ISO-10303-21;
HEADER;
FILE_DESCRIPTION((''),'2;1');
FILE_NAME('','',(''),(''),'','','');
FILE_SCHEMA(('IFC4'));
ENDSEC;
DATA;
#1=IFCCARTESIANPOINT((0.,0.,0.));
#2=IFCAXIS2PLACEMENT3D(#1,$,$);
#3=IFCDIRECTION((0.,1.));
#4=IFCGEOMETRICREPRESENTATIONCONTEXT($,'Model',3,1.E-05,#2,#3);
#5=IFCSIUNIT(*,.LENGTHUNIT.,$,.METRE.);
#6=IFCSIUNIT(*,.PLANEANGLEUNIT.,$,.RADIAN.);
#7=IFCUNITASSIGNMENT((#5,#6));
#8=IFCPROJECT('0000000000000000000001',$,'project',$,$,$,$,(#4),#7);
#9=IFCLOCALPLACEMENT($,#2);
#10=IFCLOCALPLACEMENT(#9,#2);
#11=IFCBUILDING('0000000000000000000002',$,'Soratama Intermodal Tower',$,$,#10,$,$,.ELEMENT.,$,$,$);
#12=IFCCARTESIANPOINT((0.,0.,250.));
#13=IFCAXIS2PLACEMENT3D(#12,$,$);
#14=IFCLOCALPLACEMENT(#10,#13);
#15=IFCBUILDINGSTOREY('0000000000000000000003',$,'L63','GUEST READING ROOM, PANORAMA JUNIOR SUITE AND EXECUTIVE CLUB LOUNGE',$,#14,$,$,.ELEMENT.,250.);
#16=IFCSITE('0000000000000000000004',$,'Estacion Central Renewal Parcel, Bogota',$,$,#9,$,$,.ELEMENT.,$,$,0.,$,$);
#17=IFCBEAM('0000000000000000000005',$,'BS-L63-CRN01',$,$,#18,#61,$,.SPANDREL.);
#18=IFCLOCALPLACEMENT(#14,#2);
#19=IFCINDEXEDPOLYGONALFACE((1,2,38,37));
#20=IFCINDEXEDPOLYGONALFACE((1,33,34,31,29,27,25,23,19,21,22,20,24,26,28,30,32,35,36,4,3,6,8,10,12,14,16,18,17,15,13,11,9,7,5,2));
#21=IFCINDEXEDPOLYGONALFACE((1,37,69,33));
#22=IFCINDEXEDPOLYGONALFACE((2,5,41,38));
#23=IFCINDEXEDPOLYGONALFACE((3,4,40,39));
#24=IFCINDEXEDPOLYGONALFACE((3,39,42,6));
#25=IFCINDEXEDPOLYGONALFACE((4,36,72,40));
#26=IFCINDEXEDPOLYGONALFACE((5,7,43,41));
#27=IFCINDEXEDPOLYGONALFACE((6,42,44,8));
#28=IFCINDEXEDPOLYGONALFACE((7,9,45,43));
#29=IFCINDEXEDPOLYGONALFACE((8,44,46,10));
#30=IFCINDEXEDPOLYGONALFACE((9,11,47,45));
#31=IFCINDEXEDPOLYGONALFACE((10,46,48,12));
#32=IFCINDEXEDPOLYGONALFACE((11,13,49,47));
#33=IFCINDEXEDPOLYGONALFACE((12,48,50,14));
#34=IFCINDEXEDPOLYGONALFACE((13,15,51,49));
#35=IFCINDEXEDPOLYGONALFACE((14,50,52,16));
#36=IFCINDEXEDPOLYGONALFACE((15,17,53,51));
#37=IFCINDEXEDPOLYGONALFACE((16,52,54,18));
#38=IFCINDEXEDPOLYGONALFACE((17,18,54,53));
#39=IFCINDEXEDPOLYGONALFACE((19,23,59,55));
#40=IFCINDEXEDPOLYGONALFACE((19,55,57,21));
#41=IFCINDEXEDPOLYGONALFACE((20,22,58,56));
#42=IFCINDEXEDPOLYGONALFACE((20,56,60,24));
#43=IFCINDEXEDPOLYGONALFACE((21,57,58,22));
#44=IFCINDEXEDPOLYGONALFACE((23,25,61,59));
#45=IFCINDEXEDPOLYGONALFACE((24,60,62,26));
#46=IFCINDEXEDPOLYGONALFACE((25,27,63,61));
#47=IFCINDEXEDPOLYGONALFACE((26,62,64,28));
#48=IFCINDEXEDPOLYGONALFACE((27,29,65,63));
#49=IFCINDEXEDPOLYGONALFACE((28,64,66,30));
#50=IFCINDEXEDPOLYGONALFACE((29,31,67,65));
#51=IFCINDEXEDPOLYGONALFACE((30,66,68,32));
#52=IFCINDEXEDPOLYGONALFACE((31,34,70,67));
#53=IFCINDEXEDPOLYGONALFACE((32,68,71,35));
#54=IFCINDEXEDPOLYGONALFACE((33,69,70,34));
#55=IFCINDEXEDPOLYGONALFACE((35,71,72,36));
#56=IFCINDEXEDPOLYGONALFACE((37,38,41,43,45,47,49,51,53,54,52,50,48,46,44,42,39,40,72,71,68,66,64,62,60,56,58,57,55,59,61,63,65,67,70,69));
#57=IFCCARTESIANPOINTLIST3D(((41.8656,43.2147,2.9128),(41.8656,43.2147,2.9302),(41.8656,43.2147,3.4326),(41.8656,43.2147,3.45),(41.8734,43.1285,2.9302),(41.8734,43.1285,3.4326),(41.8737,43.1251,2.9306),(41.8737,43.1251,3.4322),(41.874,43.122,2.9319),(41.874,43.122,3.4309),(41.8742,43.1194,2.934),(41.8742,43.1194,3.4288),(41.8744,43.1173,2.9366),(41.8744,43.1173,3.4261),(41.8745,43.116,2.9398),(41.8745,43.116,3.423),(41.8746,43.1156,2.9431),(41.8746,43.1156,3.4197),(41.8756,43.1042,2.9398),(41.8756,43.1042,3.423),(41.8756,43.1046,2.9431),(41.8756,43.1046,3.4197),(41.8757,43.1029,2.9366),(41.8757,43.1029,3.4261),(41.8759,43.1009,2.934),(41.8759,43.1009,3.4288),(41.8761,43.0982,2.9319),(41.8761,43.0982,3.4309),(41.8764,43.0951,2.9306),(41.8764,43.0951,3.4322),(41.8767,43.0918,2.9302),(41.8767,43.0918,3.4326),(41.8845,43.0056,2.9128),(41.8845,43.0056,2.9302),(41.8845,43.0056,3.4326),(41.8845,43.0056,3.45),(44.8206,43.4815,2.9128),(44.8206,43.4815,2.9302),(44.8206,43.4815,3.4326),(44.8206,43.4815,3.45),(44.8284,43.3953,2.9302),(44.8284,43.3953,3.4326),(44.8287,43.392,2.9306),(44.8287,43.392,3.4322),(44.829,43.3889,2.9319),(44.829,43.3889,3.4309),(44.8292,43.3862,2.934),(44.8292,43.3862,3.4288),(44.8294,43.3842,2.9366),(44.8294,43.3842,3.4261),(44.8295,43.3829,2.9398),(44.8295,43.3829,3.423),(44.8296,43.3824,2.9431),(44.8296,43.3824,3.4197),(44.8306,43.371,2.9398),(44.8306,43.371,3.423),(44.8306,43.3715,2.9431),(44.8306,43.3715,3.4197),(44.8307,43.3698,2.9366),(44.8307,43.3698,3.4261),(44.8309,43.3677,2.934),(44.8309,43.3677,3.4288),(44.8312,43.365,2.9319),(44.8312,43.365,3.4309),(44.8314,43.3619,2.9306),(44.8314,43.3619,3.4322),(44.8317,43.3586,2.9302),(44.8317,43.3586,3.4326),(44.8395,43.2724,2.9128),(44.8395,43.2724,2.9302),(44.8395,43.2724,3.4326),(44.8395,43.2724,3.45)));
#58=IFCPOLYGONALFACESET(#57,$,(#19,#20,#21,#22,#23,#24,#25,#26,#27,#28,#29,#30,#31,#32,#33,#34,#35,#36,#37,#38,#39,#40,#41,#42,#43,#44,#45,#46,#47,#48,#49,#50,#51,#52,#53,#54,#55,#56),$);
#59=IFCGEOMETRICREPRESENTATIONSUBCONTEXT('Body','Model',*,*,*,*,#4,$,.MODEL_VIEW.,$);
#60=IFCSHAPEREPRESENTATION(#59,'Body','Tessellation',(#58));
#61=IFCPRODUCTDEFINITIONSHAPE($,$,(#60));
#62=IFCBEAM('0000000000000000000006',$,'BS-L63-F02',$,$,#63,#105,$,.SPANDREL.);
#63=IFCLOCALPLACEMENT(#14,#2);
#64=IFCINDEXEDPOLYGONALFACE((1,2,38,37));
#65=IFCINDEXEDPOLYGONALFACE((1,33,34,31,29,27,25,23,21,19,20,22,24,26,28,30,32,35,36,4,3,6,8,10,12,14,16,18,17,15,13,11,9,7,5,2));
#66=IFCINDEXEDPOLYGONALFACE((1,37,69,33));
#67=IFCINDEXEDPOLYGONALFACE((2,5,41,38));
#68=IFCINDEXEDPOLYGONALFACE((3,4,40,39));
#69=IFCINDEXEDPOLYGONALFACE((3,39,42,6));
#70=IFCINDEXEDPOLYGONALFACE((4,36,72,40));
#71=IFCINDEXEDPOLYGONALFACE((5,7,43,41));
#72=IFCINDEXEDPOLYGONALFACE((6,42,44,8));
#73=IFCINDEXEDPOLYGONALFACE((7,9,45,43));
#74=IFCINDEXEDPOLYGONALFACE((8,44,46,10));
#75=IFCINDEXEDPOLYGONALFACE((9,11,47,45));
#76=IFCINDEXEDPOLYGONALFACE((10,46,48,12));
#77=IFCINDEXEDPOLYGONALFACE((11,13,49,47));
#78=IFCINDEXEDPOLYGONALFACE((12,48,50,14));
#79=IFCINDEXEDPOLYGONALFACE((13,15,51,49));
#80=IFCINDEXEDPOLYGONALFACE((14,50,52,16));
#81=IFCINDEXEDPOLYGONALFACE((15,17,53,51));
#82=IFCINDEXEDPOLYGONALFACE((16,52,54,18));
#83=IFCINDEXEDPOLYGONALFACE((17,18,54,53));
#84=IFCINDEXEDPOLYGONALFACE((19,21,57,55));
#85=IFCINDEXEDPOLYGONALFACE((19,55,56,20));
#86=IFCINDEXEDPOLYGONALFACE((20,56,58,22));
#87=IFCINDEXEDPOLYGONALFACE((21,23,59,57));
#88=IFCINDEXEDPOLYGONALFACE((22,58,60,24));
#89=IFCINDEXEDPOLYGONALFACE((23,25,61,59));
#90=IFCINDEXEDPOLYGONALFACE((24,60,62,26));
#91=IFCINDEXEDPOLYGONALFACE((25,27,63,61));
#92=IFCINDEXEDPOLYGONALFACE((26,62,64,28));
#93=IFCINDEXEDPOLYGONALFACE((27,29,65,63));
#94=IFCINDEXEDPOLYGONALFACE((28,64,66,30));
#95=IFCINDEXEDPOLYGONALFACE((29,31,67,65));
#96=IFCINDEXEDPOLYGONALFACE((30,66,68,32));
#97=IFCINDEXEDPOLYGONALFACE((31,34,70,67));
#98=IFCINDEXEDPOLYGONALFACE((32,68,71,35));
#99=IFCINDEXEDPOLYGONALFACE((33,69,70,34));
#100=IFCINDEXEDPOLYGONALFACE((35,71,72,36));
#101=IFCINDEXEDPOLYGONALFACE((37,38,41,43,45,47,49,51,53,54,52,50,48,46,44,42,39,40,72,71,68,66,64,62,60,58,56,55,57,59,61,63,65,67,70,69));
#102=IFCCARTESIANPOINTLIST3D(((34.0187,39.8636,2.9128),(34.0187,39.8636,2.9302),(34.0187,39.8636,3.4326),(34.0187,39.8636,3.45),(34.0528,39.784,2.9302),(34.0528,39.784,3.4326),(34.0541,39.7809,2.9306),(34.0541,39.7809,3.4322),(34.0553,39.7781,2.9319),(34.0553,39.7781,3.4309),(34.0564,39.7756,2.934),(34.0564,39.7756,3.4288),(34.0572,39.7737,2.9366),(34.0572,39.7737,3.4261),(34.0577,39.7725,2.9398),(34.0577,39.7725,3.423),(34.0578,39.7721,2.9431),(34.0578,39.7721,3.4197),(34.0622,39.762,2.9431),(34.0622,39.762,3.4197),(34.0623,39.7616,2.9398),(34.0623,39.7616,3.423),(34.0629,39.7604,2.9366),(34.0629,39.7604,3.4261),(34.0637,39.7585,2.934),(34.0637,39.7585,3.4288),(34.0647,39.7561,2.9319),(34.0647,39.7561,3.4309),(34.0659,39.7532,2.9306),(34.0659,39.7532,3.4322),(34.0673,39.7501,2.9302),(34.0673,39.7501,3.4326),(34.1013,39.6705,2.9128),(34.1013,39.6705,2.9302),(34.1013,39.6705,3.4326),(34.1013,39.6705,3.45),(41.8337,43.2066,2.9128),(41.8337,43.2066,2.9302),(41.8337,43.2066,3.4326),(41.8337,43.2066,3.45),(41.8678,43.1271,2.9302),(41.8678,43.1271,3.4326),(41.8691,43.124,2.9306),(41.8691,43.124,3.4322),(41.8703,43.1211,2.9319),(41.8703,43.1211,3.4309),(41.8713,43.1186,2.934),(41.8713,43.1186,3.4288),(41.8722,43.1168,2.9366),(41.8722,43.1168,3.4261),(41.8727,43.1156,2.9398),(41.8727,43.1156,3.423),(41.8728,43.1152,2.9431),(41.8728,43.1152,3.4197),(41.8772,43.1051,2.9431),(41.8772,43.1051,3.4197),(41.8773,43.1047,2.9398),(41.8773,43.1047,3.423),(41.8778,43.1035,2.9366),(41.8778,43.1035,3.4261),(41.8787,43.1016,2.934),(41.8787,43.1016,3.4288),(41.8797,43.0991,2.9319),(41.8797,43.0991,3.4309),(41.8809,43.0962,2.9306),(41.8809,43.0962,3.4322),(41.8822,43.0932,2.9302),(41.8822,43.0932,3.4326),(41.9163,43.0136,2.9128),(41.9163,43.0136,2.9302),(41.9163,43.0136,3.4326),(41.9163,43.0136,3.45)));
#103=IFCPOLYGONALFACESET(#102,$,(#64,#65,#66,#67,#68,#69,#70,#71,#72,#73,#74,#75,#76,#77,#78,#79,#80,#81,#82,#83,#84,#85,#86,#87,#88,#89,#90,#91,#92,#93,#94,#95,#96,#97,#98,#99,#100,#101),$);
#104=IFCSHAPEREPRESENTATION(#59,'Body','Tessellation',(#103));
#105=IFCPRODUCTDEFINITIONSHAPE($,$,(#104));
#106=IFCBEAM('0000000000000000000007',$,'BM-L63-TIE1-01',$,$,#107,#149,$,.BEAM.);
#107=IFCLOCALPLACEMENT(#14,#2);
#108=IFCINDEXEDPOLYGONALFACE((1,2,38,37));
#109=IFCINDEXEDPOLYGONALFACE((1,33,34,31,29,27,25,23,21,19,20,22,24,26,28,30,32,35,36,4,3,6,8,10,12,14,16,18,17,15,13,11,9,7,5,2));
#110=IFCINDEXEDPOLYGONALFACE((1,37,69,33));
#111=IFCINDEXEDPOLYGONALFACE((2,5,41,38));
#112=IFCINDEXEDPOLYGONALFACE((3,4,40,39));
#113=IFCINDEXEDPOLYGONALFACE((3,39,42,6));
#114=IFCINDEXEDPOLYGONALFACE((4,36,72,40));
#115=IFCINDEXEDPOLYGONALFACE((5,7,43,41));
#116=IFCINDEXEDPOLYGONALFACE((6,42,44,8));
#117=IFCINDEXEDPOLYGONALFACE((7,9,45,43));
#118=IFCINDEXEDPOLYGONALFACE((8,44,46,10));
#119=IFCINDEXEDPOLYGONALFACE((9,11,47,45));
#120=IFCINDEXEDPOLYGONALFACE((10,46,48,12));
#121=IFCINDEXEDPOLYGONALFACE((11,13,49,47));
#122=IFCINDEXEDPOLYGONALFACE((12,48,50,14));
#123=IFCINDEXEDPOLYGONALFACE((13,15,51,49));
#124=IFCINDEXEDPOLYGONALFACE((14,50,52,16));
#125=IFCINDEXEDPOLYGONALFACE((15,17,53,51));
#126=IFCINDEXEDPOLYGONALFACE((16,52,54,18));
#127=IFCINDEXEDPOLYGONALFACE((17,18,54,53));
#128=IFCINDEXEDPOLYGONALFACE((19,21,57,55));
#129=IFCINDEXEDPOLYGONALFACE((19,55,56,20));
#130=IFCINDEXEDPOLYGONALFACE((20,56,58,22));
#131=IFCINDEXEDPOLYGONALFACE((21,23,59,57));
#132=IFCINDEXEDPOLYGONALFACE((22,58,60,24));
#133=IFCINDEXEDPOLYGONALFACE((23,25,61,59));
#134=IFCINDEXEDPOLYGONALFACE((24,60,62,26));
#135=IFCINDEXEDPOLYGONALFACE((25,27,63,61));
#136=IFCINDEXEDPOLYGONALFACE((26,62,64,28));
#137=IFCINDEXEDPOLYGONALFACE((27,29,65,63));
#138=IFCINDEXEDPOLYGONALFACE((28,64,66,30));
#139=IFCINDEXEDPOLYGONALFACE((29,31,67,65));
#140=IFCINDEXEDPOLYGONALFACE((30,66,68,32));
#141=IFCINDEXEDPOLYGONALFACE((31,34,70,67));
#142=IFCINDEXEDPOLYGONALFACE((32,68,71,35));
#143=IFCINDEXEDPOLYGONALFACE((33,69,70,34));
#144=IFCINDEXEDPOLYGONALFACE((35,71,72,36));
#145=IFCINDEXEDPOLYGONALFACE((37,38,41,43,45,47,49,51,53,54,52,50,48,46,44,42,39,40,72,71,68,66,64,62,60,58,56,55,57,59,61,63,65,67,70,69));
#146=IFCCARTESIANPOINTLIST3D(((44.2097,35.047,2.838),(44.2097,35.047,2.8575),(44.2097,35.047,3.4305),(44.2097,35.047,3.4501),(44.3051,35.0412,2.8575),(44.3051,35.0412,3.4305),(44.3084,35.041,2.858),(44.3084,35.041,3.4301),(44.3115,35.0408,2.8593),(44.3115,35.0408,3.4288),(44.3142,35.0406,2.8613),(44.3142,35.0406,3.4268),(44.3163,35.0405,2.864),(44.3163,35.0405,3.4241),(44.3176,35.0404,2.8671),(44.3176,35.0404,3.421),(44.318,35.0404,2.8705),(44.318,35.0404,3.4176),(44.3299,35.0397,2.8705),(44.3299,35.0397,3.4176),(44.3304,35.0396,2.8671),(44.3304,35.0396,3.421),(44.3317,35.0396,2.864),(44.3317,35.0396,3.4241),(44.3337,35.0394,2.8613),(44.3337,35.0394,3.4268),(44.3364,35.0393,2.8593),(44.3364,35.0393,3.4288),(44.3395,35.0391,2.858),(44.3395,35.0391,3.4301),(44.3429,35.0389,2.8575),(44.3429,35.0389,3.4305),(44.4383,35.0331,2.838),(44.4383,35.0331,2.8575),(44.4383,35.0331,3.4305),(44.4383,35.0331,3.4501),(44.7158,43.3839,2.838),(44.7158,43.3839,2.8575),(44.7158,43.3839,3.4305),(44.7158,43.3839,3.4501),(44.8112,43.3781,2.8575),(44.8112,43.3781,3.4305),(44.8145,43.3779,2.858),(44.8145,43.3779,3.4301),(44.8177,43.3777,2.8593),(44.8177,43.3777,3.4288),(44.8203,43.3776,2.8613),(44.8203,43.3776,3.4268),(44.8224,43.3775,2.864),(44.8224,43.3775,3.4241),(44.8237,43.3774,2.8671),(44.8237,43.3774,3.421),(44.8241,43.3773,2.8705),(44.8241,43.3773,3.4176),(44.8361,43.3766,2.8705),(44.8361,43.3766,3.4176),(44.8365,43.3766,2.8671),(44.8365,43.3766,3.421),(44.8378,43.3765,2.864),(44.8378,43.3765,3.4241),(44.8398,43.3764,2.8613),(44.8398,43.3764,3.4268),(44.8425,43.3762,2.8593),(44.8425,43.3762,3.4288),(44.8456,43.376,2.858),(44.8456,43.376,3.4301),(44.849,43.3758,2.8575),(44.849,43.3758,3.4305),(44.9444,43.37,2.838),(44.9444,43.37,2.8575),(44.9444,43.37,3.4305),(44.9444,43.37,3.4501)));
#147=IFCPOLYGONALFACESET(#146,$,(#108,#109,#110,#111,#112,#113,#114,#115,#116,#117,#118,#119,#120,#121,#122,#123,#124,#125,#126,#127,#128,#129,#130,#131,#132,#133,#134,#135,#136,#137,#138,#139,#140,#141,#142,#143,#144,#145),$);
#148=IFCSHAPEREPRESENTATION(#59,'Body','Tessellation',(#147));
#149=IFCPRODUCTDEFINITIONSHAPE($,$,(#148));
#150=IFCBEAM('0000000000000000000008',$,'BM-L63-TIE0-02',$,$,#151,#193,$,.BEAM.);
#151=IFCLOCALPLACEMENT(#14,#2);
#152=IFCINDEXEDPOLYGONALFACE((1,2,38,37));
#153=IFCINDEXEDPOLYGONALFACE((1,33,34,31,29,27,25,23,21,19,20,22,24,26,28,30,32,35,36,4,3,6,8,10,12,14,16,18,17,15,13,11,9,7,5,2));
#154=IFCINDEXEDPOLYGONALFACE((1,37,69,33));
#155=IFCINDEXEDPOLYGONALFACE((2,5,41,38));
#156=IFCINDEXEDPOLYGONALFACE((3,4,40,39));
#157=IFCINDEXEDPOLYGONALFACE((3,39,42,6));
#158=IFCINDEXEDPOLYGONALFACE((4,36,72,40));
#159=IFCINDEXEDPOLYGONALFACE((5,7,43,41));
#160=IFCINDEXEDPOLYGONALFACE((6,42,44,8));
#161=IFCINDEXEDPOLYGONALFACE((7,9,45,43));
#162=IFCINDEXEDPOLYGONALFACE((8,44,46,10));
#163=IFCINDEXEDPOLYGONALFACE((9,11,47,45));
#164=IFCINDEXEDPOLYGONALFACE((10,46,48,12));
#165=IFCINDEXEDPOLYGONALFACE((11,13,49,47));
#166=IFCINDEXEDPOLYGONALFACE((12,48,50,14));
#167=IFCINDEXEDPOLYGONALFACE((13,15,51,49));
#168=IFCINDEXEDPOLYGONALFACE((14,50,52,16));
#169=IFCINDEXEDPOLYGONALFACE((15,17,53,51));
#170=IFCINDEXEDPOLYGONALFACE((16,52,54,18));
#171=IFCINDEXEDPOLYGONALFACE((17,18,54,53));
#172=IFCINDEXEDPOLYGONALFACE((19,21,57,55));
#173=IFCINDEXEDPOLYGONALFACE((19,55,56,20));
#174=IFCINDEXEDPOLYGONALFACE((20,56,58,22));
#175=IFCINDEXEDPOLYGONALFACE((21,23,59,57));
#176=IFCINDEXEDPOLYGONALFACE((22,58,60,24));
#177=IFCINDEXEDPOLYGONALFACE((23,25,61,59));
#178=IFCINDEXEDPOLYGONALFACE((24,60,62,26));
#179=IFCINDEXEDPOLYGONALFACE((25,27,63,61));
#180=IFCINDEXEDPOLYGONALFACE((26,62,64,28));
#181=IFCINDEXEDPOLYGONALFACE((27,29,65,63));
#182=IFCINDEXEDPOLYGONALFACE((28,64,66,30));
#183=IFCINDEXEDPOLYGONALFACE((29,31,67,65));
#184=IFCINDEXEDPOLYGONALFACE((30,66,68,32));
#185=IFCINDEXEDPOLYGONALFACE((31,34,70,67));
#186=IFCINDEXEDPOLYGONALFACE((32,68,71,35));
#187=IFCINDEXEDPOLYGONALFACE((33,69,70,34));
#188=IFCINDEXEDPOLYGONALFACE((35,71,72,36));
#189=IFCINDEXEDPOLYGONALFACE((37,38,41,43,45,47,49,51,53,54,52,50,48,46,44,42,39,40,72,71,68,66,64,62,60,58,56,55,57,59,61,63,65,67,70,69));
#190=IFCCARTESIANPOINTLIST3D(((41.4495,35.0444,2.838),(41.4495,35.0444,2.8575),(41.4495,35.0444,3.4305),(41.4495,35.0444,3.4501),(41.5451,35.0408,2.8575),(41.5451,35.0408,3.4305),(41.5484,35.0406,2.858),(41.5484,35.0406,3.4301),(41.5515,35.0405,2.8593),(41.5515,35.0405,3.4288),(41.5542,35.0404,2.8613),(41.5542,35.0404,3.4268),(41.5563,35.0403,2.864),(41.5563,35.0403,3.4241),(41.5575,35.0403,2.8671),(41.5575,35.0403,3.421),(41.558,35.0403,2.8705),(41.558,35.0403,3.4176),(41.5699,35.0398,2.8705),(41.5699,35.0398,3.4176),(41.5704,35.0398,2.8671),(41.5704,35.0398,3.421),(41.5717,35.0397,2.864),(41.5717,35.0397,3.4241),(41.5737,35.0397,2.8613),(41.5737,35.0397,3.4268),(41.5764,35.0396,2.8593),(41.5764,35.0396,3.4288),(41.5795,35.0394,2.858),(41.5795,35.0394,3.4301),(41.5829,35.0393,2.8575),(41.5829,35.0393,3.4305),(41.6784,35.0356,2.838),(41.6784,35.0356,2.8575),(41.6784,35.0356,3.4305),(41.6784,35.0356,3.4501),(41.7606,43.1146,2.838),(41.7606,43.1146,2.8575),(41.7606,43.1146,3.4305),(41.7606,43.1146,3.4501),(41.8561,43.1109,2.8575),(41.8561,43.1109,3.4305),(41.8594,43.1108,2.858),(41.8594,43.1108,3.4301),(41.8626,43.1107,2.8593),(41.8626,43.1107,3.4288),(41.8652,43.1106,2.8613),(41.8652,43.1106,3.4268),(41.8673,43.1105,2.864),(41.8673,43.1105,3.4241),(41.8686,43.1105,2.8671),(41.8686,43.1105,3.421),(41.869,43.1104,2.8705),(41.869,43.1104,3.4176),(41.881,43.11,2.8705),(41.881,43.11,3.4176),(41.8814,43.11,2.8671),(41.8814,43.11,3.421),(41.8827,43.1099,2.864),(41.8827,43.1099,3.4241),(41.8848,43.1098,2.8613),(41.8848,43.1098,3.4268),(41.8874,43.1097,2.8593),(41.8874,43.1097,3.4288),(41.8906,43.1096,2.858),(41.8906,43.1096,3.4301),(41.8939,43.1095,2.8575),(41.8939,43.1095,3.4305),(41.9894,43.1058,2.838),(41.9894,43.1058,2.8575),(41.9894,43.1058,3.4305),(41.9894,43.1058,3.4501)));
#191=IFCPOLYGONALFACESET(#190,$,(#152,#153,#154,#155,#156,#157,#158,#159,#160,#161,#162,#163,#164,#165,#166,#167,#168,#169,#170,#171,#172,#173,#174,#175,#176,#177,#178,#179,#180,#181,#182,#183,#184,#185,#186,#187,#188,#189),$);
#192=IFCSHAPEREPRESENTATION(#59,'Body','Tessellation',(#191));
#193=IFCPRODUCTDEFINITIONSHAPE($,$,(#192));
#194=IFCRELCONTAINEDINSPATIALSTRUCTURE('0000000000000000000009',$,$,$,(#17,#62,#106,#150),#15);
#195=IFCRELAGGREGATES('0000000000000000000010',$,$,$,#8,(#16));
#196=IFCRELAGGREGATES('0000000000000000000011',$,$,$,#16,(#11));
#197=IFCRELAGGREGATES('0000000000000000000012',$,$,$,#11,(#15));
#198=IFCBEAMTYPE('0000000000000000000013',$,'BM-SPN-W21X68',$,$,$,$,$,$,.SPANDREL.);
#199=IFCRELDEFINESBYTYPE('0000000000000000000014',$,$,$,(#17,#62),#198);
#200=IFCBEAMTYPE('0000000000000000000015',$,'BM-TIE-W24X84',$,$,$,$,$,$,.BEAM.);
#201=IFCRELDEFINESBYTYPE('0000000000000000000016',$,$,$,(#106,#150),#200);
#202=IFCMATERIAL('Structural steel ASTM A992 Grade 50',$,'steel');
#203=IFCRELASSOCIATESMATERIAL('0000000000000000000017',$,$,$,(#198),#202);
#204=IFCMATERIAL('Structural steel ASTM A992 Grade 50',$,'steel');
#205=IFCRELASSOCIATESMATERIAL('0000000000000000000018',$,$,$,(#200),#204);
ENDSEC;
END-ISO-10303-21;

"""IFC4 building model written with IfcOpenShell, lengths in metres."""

from ifc_helpers import new_model, si_unit, direction, frame, origin, origin_2d, place, context, subcontext, project, spatial, i_section, extrude, material, material_profile, profile_set, type_object, element, save


model = new_model("IFC4")

# Units and contexts
model_context = context("Model", 3, precision=1e-05, world=origin(), true_north=direction((0.0, 1.0)))
body_context = subcontext(model_context, "Body", "Model", "MODEL_VIEW")
ifc_project = project(units=[si_unit("LENGTHUNIT", "METRE"), si_unit("PLANEANGLEUNIT", "RADIAN")], contexts=[model_context])

# Site, building, storey
site_placement = place(None, origin())
site = spatial("IfcSite", under=ifc_project, at=site_placement, Name="Estacion Central Renewal Parcel, Bogota", CompositionType="ELEMENT", RefElevation=0.0)
building_placement = place(site_placement, origin())
building = spatial("IfcBuilding", under=site, at=building_placement, Name="Soratama Intermodal Tower", CompositionType="ELEMENT")
storey_placement = place(building_placement, frame((0.0, 0.0, 250.0)))
storey = spatial("IfcBuildingStorey", under=building, at=storey_placement, Name="L63", Description="GUEST READING ROOM, PANORAMA JUNIOR SUITE AND EXECUTIVE CLUB LOUNGE", CompositionType="ELEMENT", Elevation=250.0)

# Beams
ifc_material_1 = material(Name="Structural steel ASTM A992 Grade 50", Category="steel")
ifc_material_profile_1 = material_profile(ifc_material_1, i_section(OverallWidth=0.21, OverallDepth=0.5371, WebThickness=0.011, FlangeThickness=0.0173, FilletRadius=0.0129, at=origin_2d()), Name="W21X68")
ifc_profile_set_1 = profile_set([ifc_material_profile_1], Name="Structural steel ASTM A992 Grade 50")
beam_type_1 = type_object("IfcBeamType", Name="BM-SPN-W21X68", PredefinedType="SPANDREL", material=ifc_profile_set_1)
beam_1_placement = place(storey_placement, frame((44.8301, 43.377, 3.1814), z_axis=(-0.995948, -0.089935, 0.0), x_axis=(0.089935, -0.995948, 0.0)))
element("IfcBeam", 1, at=beam_1_placement, inside=storey, type_object=beam_type_1, Name="BS-L63-CRN01", PredefinedType="SPANDREL", context=body_context, shape_type="SweptSolid", body=[
    extrude(i_section(OverallWidth=0.21, OverallDepth=0.5371, WebThickness=0.011, FlangeThickness=0.0173, FilletRadius=0.0129, at=origin_2d()), origin(), (0.0, 0.0, 1.0), 2.967),
])
beam_2_placement = place(storey_placement, frame((41.875, 43.1101, 3.1814), z_axis=(-0.919411, -0.393299, 0.0), x_axis=(0.393299, -0.919411, 0.0)))
element("IfcBeam", 2, at=beam_2_placement, inside=storey, type_object=beam_type_1, Name="BS-L63-F02", PredefinedType="SPANDREL", context=body_context, shape_type="SweptSolid", body=[
    extrude(i_section(OverallWidth=0.21, OverallDepth=0.5371, WebThickness=0.011, FlangeThickness=0.0173, FilletRadius=0.0129, at=origin_2d()), origin(), (0.0, 0.0, 1.0), 8.5),
])
ifc_material_2 = material(Name="Structural steel ASTM A992 Grade 50", Category="steel")
ifc_material_profile_2 = material_profile(ifc_material_2, i_section(OverallWidth=0.229, OverallDepth=0.6121, WebThickness=0.012, FlangeThickness=0.0195, FilletRadius=0.0129, at=origin_2d()), Name="W24X84")
ifc_profile_set_2 = profile_set([ifc_material_profile_2], Name="Structural steel ASTM A992 Grade 50")
beam_type_2 = type_object("IfcBeamType", Name="BM-TIE-W24X84", PredefinedType="BEAM", material=ifc_profile_set_2)
beam_3_placement = place(storey_placement, frame((44.324, 35.04, 3.144), z_axis=(0.060595, 0.998162, 0.0), x_axis=(-0.998162, 0.060595, 0.0)))
element("IfcBeam", 3, at=beam_3_placement, inside=storey, type_object=beam_type_2, Name="BM-L63-TIE1-01", PredefinedType="BEAM", context=body_context, shape_type="SweptSolid", body=[
    extrude(i_section(OverallWidth=0.229, OverallDepth=0.6121, WebThickness=0.012, FlangeThickness=0.0195, FilletRadius=0.0129, at=origin_2d()), origin(), (0.0, 0.0, 1.0), 8.3523),
])
beam_4_placement = place(storey_placement, frame((41.564, 35.04, 3.144), z_axis=(0.038513, 0.999258, 0.0), x_axis=(-0.999258, 0.038513, 0.0)))
element("IfcBeam", 4, at=beam_4_placement, inside=storey, type_object=beam_type_2, Name="BM-L63-TIE0-02", PredefinedType="BEAM", context=body_context, shape_type="SweptSolid", body=[
    extrude(i_section(OverallWidth=0.229, OverallDepth=0.6121, WebThickness=0.012, FlangeThickness=0.0195, FilletRadius=0.0129, at=origin_2d()), origin(), (0.0, 0.0, 1.0), 8.0762),
])

save(model, "model.ifc")
